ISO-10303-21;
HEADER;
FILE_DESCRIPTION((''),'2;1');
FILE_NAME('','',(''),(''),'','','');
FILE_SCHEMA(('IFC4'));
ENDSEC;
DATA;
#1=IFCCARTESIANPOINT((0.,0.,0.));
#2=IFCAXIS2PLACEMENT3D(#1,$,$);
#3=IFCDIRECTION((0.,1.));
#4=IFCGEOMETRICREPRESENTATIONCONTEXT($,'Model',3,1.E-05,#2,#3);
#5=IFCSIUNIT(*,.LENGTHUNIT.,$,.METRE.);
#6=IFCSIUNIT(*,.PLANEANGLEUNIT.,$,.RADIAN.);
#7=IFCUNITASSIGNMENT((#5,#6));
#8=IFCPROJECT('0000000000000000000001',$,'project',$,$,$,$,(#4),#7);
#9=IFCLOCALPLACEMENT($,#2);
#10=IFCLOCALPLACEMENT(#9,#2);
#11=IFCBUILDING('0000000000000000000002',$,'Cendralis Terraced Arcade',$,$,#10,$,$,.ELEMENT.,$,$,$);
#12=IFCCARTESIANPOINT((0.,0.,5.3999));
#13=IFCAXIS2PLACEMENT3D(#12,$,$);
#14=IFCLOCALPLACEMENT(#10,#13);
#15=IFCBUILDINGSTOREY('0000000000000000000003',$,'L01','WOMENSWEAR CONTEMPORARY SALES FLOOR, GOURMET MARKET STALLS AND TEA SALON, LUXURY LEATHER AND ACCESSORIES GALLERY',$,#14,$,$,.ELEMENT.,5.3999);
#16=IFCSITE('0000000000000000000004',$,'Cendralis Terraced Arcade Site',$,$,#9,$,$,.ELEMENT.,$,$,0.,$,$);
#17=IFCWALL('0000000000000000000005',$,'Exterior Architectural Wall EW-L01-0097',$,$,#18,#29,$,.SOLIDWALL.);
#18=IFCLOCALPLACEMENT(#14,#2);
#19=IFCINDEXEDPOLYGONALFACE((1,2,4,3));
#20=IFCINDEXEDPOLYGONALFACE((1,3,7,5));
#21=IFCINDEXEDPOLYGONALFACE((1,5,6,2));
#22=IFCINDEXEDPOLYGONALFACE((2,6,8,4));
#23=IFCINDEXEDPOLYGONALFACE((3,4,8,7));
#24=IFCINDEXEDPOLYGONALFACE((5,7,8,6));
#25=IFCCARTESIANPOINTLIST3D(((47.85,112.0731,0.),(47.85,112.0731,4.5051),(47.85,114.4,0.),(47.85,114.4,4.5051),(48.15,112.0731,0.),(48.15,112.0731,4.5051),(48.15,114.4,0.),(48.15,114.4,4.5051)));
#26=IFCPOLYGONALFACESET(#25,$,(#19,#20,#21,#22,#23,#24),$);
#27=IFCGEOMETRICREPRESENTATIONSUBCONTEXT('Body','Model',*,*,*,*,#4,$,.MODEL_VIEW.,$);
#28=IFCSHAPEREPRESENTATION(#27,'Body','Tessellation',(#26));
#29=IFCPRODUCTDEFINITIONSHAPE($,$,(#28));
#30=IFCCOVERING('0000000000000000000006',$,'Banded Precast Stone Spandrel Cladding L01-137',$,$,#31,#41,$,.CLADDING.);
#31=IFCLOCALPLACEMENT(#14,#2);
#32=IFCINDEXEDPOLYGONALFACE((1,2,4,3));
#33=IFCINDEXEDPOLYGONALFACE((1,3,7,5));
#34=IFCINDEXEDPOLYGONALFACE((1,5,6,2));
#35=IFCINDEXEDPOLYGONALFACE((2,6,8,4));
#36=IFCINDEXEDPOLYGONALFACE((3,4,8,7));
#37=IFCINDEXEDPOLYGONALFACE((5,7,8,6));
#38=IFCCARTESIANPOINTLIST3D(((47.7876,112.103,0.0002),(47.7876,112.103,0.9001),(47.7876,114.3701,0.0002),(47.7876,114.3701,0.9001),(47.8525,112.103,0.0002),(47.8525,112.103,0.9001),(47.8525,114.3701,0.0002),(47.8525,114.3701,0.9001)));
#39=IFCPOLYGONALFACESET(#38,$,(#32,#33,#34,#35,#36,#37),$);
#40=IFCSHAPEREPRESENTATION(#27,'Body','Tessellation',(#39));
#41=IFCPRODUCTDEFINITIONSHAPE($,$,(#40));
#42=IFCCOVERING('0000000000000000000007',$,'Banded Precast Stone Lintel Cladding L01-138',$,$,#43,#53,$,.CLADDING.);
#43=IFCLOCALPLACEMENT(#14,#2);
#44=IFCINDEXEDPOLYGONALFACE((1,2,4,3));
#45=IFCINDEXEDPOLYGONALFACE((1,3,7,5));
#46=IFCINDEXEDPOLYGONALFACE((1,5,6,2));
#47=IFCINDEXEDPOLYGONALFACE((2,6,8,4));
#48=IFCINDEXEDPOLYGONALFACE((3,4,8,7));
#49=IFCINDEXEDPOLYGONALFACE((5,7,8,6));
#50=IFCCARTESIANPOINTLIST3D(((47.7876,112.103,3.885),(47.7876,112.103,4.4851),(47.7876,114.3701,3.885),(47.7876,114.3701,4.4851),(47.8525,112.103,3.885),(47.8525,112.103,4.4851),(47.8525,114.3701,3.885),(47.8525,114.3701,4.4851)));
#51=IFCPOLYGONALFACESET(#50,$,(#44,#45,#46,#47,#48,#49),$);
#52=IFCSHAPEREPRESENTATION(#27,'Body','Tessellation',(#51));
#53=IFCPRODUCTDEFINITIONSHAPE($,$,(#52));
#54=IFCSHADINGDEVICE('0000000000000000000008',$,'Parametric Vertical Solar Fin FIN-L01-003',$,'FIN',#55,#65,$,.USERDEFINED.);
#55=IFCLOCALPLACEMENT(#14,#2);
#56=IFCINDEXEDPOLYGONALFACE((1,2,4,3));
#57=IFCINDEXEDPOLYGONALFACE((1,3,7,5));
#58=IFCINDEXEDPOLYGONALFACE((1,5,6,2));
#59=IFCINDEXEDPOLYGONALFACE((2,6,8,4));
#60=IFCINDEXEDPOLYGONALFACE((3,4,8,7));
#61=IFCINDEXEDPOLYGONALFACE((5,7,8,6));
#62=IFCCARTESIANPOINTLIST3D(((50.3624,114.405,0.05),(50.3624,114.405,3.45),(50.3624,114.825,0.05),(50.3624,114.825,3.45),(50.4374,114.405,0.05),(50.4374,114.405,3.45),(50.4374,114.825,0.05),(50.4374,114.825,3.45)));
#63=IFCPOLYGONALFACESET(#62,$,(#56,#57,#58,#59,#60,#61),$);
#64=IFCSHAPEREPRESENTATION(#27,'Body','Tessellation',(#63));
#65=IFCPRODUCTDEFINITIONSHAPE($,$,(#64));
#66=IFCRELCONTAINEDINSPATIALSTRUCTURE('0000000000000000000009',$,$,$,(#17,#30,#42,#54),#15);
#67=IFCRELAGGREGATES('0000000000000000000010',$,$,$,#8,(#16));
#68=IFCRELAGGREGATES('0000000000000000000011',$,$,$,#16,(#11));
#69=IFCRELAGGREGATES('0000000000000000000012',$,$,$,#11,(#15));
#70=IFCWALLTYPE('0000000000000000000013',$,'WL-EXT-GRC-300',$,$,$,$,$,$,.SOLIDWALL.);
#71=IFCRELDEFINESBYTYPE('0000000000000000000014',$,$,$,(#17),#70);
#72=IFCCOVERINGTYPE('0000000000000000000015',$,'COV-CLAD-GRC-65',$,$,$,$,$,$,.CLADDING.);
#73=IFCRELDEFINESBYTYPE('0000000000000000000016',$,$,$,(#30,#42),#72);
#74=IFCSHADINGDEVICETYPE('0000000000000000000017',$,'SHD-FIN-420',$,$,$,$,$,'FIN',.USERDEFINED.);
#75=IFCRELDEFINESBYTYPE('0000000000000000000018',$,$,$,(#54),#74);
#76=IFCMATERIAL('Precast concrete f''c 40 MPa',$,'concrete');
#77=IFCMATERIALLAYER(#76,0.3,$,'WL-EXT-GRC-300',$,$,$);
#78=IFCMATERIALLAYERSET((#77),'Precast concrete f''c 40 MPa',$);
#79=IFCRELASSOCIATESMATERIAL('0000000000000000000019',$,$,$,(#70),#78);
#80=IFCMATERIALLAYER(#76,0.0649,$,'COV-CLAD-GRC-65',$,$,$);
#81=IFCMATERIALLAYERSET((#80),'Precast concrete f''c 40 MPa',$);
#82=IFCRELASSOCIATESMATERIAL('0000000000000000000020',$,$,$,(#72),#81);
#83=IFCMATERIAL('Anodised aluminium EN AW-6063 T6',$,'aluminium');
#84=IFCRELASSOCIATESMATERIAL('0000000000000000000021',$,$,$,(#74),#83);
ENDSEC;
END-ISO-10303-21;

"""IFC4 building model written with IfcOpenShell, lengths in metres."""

from ifc_helpers import new_model, si_unit, direction, frame, frame_2d, origin, origin_2d, place, context, subcontext, project, spatial, rectangle, extrude, material, layer, layer_set, type_object, element, save


model = new_model("IFC4")

# Units and contexts
model_context = context("Model", 3, precision=1e-05, world=origin(), true_north=direction((0.0, 1.0)))
body_context = subcontext(model_context, "Body", "Model", "MODEL_VIEW")
ifc_project = project(units=[si_unit("LENGTHUNIT", "METRE"), si_unit("PLANEANGLEUNIT", "RADIAN")], contexts=[model_context])

# Site, building, storey
site_placement = place(None, origin())
site = spatial("IfcSite", under=ifc_project, at=site_placement, Name="Cendralis Terraced Arcade Site", CompositionType="ELEMENT", RefElevation=0.0)
building_placement = place(site_placement, origin())
building = spatial("IfcBuilding", under=site, at=building_placement, Name="Cendralis Terraced Arcade", CompositionType="ELEMENT")
storey_placement = place(building_placement, frame((0.0, 0.0, 5.3999)))
storey = spatial("IfcBuildingStorey", under=building, at=storey_placement, Name="L01", Description="WOMENSWEAR CONTEMPORARY SALES FLOOR, GOURMET MARKET STALLS AND TEA SALON, LUXURY LEATHER AND ACCESSORIES GALLERY", CompositionType="ELEMENT", Elevation=5.3999)

# Shared definitions
ifc_material_1 = material(Name="Anodised aluminium EN AW-6063 T6", Category="aluminium")

# Wall
ifc_material_2 = material(Name="Precast concrete f'c 40 MPa", Category="concrete")
ifc_layer_1 = layer(ifc_material_2, 0.3, Name="WL-EXT-GRC-300")
ifc_layer_set_1 = layer_set([ifc_layer_1], Name="Precast concrete f'c 40 MPa")
wall_type = type_object("IfcWallType", Name="WL-EXT-GRC-300", PredefinedType="SOLIDWALL", material=ifc_layer_set_1)
wall_placement = place(storey_placement, frame((48.0, 112.073, 0.0), z_axis=(0.0, 0.0, 1.0), x_axis=(0.0, 1.0, 0.0)))
element("IfcWall", 1, at=wall_placement, inside=storey, type_object=wall_type, Name="Exterior Architectural Wall EW-L01-0097", PredefinedType="SOLIDWALL", context=body_context, shape_type="SweptSolid", body=[
    extrude(rectangle(XDim=2.3269, YDim=0.3, at=frame_2d((1.1636, 0.0))), origin(), (0.0, 0.0, 1.0), 4.5051),
])

# Coverings
ifc_layer_2 = layer(ifc_material_2, 0.0649, Name="COV-CLAD-GRC-65")
ifc_layer_set_2 = layer_set([ifc_layer_2], Name="Precast concrete f'c 40 MPa")
covering_type = type_object("IfcCoveringType", Name="COV-CLAD-GRC-65", PredefinedType="CLADDING", material=ifc_layer_set_2)
covering_1_placement = place(storey_placement, frame((47.8201, 113.2366, 0.0002), z_axis=(0.0, 0.0, 1.0), x_axis=(0.0, 1.0, 0.0)))
element("IfcCovering", 2, at=covering_1_placement, inside=storey, type_object=covering_type, Name="Banded Precast Stone Spandrel Cladding L01-137", PredefinedType="CLADDING", context=body_context, shape_type="SweptSolid", body=[
    extrude(rectangle(XDim=2.2671, YDim=0.0649, at=origin_2d()), origin(), (0.0, 0.0, 1.0), 0.8999),
])
covering_2_placement = place(storey_placement, frame((47.8201, 113.2366, 3.885), z_axis=(0.0, 0.0, 1.0), x_axis=(0.0, 1.0, 0.0)))
element("IfcCovering", 3, at=covering_2_placement, inside=storey, type_object=covering_type, Name="Banded Precast Stone Lintel Cladding L01-138", PredefinedType="CLADDING", context=body_context, shape_type="SweptSolid", body=[
    extrude(rectangle(XDim=2.2671, YDim=0.0649, at=origin_2d()), origin(), (0.0, 0.0, 1.0), 0.6001),
])

# Shading device
shading_device_type = type_object("IfcShadingDeviceType", Name="SHD-FIN-420", ElementType="FIN", PredefinedType="USERDEFINED", material=ifc_material_1)
shading_device_placement = place(storey_placement, frame((50.3999, 114.615, 0.05), z_axis=(0.0, 0.0, 1.0), x_axis=(1.0, 0.0, 0.0)))
element("IfcShadingDevice", 4, at=shading_device_placement, inside=storey, type_object=shading_device_type, Name="Parametric Vertical Solar Fin FIN-L01-003", ObjectType="FIN", PredefinedType="USERDEFINED", context=body_context, shape_type="SweptSolid", body=[
    extrude(rectangle(XDim=0.075, YDim=0.4199, at=origin_2d()), origin(), (0.0, 0.0, 1.0), 3.3999),
])

save(model, "model.ifc")
